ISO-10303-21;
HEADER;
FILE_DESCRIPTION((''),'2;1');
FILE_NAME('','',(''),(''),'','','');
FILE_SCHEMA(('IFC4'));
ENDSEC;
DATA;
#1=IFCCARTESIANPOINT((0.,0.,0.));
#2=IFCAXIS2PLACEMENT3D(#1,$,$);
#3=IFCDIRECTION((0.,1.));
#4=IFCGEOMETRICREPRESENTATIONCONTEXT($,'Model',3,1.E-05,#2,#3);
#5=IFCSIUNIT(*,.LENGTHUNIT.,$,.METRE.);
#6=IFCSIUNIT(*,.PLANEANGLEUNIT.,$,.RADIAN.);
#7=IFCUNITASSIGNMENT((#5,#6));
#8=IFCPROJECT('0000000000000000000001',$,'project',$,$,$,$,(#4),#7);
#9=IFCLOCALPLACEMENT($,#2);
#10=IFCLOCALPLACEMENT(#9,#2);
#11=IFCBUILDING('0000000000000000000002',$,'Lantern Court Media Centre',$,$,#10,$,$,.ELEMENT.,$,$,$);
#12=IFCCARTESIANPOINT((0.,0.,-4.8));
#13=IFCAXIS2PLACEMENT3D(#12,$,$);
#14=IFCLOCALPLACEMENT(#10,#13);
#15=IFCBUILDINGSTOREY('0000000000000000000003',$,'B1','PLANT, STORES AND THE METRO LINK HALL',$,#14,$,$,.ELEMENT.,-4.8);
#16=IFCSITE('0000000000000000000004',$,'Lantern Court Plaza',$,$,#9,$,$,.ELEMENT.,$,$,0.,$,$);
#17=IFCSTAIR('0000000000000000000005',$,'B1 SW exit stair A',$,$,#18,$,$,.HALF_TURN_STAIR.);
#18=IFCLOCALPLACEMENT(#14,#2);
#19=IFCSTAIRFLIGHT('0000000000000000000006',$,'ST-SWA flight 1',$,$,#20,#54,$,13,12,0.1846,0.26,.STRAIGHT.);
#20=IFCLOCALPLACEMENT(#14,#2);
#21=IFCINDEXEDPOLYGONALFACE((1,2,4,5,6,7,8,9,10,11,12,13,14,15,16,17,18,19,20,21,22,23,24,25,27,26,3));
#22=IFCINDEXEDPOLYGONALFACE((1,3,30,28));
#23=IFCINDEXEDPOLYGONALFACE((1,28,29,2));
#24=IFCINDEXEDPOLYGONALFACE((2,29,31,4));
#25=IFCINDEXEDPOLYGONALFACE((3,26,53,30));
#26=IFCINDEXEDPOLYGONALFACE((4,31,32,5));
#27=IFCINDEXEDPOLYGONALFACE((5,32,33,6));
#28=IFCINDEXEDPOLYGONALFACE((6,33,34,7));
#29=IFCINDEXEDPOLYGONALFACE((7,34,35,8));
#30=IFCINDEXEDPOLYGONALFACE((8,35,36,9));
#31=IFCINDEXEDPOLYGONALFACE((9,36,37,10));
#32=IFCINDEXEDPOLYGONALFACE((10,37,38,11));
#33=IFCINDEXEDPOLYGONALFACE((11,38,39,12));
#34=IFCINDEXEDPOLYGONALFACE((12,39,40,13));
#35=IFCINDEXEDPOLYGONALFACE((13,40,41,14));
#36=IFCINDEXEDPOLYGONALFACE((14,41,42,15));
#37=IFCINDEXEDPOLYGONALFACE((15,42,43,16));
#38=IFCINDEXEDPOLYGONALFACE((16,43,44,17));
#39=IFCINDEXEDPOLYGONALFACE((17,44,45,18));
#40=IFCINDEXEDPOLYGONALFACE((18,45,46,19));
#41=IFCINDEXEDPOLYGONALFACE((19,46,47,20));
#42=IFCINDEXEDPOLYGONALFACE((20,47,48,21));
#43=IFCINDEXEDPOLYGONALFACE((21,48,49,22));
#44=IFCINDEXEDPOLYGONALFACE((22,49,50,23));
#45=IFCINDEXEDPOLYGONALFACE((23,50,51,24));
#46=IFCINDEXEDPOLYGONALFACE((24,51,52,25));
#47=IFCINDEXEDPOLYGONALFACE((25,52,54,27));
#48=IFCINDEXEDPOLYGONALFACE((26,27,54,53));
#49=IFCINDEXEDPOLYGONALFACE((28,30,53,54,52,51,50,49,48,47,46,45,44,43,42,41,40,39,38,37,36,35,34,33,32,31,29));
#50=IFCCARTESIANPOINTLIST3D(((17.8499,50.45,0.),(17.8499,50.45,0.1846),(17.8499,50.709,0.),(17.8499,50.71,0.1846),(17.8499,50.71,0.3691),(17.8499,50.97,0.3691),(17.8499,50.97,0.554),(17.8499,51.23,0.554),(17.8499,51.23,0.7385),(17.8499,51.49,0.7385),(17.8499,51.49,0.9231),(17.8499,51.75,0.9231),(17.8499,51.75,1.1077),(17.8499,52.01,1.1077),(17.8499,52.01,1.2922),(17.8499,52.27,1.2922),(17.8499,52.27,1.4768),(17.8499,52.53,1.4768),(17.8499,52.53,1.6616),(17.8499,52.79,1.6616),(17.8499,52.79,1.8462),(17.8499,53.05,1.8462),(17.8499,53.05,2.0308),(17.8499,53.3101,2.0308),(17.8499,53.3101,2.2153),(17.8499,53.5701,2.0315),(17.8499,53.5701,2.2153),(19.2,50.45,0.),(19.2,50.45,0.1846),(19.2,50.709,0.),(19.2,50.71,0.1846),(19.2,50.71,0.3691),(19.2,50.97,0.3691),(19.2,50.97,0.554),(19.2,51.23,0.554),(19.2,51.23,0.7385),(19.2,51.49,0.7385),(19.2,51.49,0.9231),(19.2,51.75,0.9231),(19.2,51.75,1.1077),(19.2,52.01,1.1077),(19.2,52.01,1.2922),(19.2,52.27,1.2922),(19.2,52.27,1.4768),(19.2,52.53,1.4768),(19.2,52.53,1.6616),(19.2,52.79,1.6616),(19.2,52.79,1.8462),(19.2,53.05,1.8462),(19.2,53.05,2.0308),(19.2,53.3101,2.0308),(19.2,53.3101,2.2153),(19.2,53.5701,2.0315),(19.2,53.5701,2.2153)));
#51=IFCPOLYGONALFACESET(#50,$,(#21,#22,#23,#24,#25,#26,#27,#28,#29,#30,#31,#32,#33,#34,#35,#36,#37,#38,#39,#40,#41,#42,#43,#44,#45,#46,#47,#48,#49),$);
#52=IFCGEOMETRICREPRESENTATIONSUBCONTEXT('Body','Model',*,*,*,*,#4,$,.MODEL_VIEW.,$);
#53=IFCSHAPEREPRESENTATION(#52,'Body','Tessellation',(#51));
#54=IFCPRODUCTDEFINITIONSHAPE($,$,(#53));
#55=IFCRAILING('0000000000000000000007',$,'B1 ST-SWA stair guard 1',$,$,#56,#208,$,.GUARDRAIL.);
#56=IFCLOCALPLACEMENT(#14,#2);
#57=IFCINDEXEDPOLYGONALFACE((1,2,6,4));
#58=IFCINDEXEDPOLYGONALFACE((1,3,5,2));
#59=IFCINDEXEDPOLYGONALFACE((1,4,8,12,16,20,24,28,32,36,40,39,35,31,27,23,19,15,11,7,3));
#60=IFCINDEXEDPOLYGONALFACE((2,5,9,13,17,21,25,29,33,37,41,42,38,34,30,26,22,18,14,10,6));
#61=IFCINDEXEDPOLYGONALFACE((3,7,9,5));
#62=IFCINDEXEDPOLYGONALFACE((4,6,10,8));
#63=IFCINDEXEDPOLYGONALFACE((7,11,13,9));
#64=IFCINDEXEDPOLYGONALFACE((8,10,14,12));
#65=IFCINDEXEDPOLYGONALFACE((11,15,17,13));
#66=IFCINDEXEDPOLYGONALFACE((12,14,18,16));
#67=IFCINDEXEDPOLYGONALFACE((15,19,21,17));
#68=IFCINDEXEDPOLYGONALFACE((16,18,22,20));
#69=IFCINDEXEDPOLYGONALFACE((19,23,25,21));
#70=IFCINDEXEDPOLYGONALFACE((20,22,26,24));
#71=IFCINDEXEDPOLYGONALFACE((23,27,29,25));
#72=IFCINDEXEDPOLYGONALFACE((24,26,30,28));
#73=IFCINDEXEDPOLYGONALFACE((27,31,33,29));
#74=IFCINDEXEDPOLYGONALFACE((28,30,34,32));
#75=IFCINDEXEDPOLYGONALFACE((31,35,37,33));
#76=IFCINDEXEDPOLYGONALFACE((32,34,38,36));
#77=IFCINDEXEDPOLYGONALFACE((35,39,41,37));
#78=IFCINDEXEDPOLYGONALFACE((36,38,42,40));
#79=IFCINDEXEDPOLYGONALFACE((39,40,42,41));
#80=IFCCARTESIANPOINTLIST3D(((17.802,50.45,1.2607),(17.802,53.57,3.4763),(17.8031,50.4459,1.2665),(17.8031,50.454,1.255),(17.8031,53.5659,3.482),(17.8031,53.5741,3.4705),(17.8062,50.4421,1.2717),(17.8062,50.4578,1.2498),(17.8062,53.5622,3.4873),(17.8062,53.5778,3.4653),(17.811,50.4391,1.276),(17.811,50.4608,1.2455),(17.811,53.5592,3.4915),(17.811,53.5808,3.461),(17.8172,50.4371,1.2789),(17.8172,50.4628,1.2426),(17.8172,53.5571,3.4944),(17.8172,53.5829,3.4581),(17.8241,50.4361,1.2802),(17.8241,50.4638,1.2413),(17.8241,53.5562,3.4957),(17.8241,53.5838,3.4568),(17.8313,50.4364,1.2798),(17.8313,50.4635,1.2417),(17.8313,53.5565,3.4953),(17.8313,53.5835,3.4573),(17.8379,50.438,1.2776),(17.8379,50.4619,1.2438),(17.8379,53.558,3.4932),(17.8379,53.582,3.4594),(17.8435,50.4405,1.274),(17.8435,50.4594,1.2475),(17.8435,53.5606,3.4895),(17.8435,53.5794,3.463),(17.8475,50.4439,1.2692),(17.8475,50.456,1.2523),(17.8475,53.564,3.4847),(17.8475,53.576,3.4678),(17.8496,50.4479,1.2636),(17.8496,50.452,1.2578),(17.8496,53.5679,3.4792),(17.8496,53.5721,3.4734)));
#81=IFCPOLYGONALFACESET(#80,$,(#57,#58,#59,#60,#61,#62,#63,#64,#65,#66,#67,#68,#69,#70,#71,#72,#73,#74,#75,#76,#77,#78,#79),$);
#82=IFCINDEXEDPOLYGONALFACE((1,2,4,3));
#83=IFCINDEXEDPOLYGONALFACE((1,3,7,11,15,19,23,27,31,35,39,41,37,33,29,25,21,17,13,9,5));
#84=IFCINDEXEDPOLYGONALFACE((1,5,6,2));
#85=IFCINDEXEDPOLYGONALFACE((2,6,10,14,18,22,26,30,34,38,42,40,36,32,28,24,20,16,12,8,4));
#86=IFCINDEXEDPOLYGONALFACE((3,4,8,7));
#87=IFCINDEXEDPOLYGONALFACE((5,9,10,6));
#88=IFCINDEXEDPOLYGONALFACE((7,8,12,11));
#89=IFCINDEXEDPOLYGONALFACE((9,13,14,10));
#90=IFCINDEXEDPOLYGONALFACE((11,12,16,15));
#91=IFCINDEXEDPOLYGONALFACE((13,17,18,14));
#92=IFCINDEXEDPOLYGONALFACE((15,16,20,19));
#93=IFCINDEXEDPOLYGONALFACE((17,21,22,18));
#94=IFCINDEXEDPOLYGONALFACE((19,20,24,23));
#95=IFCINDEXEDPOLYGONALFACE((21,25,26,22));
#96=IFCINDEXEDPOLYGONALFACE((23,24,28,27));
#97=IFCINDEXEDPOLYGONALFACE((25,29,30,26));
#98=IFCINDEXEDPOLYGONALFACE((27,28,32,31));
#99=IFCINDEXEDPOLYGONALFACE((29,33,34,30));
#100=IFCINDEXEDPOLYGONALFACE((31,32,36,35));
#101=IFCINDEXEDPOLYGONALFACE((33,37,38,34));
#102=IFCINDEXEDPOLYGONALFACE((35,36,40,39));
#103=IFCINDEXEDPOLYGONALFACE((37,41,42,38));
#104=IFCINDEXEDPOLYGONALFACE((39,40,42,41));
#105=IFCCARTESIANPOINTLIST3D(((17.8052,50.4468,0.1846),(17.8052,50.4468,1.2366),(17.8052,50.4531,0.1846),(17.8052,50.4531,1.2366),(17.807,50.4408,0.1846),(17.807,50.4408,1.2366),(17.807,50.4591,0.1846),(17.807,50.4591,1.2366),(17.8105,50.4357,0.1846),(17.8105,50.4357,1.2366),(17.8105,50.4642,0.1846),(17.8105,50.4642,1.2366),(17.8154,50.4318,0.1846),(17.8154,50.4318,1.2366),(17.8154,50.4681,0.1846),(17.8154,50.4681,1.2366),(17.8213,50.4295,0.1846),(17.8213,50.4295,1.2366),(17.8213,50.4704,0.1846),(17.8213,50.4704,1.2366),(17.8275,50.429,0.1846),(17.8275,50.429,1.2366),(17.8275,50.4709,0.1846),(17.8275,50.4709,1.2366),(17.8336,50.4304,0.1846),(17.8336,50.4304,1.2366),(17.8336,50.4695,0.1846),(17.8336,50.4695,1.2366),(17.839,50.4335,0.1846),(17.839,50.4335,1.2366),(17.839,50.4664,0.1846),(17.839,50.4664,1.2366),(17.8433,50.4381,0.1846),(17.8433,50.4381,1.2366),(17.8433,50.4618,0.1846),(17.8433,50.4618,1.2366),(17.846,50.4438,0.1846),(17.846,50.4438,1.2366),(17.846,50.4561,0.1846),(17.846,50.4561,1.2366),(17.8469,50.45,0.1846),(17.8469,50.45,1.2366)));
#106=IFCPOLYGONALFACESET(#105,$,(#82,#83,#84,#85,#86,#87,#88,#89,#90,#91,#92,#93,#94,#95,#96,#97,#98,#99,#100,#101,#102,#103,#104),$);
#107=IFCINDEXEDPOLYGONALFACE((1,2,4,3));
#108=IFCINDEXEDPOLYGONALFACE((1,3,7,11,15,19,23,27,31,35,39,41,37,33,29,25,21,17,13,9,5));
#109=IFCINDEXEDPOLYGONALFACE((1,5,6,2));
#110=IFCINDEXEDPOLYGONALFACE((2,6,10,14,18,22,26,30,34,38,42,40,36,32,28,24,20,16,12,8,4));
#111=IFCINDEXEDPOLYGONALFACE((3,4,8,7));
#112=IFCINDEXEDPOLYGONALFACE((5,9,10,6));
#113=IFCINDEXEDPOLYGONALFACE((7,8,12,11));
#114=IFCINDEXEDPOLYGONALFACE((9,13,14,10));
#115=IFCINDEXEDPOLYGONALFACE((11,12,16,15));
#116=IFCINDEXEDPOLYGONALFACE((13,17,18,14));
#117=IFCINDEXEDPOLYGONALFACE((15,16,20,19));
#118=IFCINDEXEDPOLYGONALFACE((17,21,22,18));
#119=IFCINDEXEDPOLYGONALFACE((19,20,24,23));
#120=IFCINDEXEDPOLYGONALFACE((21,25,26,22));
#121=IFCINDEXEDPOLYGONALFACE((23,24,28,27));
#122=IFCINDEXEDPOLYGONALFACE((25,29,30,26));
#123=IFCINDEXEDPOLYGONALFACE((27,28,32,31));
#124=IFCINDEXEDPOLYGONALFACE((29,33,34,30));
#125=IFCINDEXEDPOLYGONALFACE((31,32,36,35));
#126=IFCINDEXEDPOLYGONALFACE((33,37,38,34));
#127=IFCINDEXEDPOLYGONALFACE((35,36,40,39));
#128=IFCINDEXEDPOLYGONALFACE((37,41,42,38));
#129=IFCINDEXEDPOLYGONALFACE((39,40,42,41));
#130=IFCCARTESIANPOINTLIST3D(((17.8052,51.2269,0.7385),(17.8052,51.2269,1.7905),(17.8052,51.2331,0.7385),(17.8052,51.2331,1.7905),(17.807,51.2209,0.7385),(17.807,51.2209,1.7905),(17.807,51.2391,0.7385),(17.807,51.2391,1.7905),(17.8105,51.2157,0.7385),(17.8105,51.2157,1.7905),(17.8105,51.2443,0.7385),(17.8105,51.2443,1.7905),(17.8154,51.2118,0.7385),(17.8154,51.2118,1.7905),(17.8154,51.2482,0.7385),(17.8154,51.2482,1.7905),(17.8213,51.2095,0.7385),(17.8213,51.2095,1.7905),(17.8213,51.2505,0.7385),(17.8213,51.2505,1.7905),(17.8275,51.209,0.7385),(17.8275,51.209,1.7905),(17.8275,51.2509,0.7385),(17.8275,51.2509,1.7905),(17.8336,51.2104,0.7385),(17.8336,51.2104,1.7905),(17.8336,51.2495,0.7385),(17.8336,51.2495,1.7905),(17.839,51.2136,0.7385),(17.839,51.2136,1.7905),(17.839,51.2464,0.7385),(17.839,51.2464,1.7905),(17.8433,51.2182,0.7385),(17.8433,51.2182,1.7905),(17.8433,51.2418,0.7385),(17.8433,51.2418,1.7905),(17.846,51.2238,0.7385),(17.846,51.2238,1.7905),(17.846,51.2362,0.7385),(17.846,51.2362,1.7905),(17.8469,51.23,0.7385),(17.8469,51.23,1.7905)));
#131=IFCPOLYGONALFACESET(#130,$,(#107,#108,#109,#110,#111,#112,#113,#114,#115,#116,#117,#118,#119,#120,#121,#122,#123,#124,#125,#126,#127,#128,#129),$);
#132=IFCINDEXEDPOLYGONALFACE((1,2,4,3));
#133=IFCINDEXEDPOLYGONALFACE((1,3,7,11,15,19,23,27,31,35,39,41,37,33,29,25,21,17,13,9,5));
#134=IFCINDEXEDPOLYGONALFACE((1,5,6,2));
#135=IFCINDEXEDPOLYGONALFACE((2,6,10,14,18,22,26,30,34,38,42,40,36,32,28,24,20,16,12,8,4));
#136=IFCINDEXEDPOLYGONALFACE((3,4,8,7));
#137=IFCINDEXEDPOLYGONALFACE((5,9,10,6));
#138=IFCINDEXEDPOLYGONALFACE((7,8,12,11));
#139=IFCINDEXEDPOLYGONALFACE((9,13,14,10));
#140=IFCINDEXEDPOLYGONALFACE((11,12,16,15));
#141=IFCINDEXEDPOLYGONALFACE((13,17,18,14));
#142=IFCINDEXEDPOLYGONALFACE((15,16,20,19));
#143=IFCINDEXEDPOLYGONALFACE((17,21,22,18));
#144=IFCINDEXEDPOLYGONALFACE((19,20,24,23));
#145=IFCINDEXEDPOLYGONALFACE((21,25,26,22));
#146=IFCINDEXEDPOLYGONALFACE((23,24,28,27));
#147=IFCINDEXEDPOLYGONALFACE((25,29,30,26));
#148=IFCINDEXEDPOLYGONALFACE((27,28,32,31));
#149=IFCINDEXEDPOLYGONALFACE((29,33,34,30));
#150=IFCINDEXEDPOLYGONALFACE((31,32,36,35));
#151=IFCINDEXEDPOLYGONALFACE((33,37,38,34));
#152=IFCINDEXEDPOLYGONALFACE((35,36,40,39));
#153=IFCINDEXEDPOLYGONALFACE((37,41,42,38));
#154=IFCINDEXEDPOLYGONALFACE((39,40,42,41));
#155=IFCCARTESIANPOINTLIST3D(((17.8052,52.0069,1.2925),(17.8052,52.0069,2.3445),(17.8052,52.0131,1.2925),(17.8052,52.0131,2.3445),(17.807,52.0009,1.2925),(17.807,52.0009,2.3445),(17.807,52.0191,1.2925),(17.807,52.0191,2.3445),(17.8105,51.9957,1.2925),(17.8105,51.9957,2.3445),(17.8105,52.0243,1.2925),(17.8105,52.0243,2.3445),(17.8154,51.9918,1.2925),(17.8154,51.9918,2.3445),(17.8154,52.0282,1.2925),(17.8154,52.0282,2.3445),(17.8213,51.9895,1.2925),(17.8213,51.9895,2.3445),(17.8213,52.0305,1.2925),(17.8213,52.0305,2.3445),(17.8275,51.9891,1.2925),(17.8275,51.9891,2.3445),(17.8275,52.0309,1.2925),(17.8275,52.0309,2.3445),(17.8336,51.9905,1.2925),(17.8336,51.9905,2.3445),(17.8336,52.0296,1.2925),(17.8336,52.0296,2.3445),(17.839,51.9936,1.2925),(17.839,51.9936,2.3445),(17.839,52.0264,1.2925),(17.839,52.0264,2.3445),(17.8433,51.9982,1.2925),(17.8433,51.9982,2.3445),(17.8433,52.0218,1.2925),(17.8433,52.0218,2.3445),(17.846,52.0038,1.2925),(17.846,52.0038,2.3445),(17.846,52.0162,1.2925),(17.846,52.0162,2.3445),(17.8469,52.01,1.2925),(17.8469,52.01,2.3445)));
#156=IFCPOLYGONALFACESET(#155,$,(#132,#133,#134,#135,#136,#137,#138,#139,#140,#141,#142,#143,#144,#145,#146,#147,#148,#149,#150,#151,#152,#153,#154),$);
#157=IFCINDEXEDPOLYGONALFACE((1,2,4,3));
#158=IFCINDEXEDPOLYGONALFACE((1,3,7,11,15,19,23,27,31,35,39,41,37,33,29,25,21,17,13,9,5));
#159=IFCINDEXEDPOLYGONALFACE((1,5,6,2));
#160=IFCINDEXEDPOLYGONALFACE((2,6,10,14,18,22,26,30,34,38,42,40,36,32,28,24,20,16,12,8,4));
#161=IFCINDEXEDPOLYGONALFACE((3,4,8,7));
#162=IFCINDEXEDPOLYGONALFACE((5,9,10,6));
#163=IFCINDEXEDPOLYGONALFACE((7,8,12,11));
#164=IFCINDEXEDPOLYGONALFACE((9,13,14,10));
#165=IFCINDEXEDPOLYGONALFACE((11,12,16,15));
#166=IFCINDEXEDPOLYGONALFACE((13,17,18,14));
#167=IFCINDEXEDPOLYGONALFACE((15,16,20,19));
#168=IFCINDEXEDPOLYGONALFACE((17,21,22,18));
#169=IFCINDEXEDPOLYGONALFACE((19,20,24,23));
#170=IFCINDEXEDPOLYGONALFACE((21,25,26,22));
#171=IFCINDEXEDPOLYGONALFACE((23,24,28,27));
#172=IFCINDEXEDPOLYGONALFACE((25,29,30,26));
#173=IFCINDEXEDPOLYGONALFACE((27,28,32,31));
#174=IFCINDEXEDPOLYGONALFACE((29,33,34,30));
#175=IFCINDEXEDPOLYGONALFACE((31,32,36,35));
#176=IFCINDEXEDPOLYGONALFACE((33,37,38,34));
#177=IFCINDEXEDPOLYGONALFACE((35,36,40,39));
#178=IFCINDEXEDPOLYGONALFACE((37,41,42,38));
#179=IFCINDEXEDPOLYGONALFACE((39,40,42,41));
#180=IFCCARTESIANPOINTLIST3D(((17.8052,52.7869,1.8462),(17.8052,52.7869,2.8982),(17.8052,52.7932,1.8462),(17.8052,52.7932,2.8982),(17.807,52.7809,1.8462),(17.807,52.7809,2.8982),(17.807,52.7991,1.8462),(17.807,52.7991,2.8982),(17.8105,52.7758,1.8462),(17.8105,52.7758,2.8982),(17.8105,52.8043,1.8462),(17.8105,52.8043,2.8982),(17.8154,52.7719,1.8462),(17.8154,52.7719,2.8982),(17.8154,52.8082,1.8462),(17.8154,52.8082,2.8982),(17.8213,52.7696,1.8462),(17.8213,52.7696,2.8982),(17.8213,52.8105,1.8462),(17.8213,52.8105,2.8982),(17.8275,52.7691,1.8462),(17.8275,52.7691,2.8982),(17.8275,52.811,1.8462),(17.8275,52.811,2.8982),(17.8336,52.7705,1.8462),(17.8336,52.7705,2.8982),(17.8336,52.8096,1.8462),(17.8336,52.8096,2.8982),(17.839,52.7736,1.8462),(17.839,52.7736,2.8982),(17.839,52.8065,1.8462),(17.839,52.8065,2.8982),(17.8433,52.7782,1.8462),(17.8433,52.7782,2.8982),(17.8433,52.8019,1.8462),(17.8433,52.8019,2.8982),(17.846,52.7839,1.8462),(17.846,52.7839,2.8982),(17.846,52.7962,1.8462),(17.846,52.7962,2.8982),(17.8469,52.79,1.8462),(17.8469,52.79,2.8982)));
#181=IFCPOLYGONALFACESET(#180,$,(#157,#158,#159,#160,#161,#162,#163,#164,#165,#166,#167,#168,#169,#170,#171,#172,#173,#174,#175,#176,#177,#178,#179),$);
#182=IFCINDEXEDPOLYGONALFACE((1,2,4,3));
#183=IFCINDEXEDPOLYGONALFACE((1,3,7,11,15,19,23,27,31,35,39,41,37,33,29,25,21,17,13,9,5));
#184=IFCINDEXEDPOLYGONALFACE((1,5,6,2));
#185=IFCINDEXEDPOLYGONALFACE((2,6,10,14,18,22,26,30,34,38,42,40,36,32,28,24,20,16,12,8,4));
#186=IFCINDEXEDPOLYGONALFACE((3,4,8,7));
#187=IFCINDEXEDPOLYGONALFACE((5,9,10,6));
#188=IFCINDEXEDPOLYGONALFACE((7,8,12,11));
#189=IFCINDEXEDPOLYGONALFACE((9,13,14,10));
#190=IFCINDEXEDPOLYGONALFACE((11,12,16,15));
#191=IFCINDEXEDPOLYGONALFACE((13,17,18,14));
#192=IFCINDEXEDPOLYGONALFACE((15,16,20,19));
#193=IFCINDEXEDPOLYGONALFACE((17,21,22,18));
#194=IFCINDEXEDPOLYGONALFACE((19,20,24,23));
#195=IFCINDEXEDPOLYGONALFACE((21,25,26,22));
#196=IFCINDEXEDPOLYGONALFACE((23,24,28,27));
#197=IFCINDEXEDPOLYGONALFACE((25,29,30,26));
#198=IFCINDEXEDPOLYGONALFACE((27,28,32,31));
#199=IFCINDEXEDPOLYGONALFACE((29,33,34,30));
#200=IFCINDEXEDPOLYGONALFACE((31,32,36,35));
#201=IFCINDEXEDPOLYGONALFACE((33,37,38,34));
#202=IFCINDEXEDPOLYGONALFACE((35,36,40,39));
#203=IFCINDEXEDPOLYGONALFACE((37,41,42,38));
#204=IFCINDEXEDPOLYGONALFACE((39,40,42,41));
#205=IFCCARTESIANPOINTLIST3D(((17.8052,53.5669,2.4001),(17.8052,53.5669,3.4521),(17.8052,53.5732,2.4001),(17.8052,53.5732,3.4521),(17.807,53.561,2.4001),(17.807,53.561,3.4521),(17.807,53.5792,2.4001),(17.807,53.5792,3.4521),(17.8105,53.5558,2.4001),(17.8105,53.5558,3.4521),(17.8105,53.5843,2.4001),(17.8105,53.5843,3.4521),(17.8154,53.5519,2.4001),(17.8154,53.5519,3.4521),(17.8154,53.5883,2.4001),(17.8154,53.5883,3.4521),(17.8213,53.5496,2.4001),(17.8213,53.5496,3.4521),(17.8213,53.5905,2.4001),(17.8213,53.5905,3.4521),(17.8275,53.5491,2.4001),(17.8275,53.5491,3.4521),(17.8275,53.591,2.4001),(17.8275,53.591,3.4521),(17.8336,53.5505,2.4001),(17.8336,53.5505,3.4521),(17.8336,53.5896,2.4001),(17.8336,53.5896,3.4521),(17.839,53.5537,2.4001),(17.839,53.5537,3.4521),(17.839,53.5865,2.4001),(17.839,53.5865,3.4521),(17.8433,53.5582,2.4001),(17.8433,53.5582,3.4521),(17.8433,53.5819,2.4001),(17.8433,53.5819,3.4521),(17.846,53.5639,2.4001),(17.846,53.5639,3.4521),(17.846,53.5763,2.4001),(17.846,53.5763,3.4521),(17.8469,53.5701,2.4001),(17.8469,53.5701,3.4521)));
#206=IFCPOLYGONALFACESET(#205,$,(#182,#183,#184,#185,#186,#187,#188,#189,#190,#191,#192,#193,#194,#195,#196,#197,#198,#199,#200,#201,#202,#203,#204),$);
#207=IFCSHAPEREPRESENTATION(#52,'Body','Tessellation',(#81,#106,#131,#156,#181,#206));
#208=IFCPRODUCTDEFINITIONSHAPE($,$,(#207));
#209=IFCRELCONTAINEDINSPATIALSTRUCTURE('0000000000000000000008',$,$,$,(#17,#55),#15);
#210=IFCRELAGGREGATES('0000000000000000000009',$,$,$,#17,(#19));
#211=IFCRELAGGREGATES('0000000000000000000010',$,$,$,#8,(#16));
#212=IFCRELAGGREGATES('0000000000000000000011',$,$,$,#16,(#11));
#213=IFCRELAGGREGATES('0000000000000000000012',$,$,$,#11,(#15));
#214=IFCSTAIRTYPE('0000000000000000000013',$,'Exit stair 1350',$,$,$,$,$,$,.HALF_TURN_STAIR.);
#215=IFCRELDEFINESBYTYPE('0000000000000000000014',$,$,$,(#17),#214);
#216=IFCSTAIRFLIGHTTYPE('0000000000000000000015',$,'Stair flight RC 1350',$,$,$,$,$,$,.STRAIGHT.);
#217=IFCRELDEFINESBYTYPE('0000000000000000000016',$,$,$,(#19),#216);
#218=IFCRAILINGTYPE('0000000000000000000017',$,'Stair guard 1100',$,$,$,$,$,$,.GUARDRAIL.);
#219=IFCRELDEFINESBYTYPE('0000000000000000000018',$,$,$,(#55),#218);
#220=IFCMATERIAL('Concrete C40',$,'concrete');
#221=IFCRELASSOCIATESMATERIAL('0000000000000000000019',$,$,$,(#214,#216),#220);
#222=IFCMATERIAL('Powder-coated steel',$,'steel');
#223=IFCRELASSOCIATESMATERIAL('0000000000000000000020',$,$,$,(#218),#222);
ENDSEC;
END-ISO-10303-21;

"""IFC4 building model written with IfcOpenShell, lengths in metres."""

from ifc_helpers import new_model, si_unit, direction, frame, origin, origin_2d, place, context, subcontext, project, spatial, polyline, circle, outline, extrude, material, type_object, element, aggregate, save


model = new_model("IFC4")

# Units and contexts
model_context = context("Model", 3, precision=1e-05, world=origin(), true_north=direction((0.0, 1.0)))
body_context = subcontext(model_context, "Body", "Model", "MODEL_VIEW")
ifc_project = project(units=[si_unit("LENGTHUNIT", "METRE"), si_unit("PLANEANGLEUNIT", "RADIAN")], contexts=[model_context])

# Site, building, storey
site_placement = place(None, origin())
site = spatial("IfcSite", under=ifc_project, at=site_placement, Name="Lantern Court Plaza", CompositionType="ELEMENT", RefElevation=0.0)
building_placement = place(site_placement, origin())
building = spatial("IfcBuilding", under=site, at=building_placement, Name="Lantern Court Media Centre", CompositionType="ELEMENT")
storey_placement = place(building_placement, frame((0.0, 0.0, -4.8)))
storey = spatial("IfcBuildingStorey", under=building, at=storey_placement, Name="B1", Description="PLANT, STORES AND THE METRO LINK HALL", CompositionType="ELEMENT", Elevation=-4.8)

# Shared definitions
ifc_material_1 = material(Name="Concrete C40", Category="concrete")

# Stair, stair flight
stair_type = type_object("IfcStairType", Name="Exit stair 1350", PredefinedType="HALF_TURN_STAIR", material=ifc_material_1)
stair_placement = place(storey_placement, origin())
stair = element("IfcStair", 1, at=stair_placement, inside=storey, type_object=stair_type, Name="B1 SW exit stair A", PredefinedType="HALF_TURN_STAIR")
stair_flight_type = type_object("IfcStairFlightType", Name="Stair flight RC 1350", PredefinedType="STRAIGHT", material=ifc_material_1)
stair_flight_placement = place(storey_placement, frame((18.5249, 50.45, 0.0), z_axis=(0.0, 0.0, 1.0), x_axis=(0.0, 1.0, 0.0)))
stair_flight = element("IfcStairFlight", 2, at=stair_flight_placement, type_object=stair_flight_type, Name="ST-SWA flight 1", NumberOfRisers=13, NumberOfTreads=12, PredefinedType="STRAIGHT", RiserHeight=0.1846, TreadLength=0.26, context=body_context, shape_type="SweptSolid", body=[
    extrude(outline(polyline([(0.0, 0.0), (0.0, 0.1846), (0.26, 0.1846), (0.26, 0.3691), (0.52, 0.3691), (0.52, 0.554), (0.78, 0.554), (0.78, 0.7385), (1.04, 0.7385), (1.04, 0.9231), (1.3, 0.9231), (1.3, 1.1077), (1.5601, 1.1077), (1.5601, 1.2922), (1.8201, 1.2922), (1.8201, 1.4768), (2.0801, 1.4768), (2.0801, 1.6616), (2.3401, 1.6616), (2.3401, 1.8462), (2.6001, 1.8462), (2.6001, 2.0308), (2.8601, 2.0308), (2.8601, 2.2153), (3.1201, 2.2153), (3.1201, 2.3999), (3.1201, 2.0315), (0.259, 0.0), (0.0, 0.0)])), frame((0.0, 0.675, 0.0), z_axis=(0.0, -1.0, 0.0), x_axis=(1.0, 0.0, 0.0)), (0.0, 0.0, 1.0), 1.3501),
])
aggregate(stair, [stair_flight])

# Railing
ifc_material_2 = material(Name="Powder-coated steel", Category="steel")
railing_type = type_object("IfcRailingType", Name="Stair guard 1100", PredefinedType="GUARDRAIL", material=ifc_material_2)
railing_1_placement = place(storey_placement, frame((17.8259, 50.45, 0.1846)))
element("IfcRailing", 3, at=railing_1_placement, inside=storey, type_object=railing_type, Name="B1 ST-SWA stair guard 1", PredefinedType="GUARDRAIL", context=body_context, shape_type="SweptSolid", body=[
    extrude(circle(Radius=0.0239, at=origin_2d()), frame((0.0, 0.0, 1.0762), z_axis=(0.0, 0.815347, 0.578973), x_axis=(-1.0, 0.0, 0.0)), (0.0, 0.0, 1.0), 3.8267),
    extrude(circle(Radius=0.021, at=origin_2d()), origin(), (0.0, 0.0, 1.0), 1.052),
    extrude(circle(Radius=0.021, at=origin_2d()), frame((0.0, 0.78, 0.554)), (0.0, 0.0, 1.0), 1.052),
    extrude(circle(Radius=0.021, at=origin_2d()), frame((0.0, 1.5601, 1.1079)), (0.0, 0.0, 1.0), 1.052),
    extrude(circle(Radius=0.021, at=origin_2d()), frame((0.0, 2.3401, 1.6616)), (0.0, 0.0, 1.0), 1.052),
    extrude(circle(Radius=0.021, at=origin_2d()), frame((0.0, 3.1201, 2.2156)), (0.0, 0.0, 1.0), 1.052),
])

save(model, "model.ifc")
